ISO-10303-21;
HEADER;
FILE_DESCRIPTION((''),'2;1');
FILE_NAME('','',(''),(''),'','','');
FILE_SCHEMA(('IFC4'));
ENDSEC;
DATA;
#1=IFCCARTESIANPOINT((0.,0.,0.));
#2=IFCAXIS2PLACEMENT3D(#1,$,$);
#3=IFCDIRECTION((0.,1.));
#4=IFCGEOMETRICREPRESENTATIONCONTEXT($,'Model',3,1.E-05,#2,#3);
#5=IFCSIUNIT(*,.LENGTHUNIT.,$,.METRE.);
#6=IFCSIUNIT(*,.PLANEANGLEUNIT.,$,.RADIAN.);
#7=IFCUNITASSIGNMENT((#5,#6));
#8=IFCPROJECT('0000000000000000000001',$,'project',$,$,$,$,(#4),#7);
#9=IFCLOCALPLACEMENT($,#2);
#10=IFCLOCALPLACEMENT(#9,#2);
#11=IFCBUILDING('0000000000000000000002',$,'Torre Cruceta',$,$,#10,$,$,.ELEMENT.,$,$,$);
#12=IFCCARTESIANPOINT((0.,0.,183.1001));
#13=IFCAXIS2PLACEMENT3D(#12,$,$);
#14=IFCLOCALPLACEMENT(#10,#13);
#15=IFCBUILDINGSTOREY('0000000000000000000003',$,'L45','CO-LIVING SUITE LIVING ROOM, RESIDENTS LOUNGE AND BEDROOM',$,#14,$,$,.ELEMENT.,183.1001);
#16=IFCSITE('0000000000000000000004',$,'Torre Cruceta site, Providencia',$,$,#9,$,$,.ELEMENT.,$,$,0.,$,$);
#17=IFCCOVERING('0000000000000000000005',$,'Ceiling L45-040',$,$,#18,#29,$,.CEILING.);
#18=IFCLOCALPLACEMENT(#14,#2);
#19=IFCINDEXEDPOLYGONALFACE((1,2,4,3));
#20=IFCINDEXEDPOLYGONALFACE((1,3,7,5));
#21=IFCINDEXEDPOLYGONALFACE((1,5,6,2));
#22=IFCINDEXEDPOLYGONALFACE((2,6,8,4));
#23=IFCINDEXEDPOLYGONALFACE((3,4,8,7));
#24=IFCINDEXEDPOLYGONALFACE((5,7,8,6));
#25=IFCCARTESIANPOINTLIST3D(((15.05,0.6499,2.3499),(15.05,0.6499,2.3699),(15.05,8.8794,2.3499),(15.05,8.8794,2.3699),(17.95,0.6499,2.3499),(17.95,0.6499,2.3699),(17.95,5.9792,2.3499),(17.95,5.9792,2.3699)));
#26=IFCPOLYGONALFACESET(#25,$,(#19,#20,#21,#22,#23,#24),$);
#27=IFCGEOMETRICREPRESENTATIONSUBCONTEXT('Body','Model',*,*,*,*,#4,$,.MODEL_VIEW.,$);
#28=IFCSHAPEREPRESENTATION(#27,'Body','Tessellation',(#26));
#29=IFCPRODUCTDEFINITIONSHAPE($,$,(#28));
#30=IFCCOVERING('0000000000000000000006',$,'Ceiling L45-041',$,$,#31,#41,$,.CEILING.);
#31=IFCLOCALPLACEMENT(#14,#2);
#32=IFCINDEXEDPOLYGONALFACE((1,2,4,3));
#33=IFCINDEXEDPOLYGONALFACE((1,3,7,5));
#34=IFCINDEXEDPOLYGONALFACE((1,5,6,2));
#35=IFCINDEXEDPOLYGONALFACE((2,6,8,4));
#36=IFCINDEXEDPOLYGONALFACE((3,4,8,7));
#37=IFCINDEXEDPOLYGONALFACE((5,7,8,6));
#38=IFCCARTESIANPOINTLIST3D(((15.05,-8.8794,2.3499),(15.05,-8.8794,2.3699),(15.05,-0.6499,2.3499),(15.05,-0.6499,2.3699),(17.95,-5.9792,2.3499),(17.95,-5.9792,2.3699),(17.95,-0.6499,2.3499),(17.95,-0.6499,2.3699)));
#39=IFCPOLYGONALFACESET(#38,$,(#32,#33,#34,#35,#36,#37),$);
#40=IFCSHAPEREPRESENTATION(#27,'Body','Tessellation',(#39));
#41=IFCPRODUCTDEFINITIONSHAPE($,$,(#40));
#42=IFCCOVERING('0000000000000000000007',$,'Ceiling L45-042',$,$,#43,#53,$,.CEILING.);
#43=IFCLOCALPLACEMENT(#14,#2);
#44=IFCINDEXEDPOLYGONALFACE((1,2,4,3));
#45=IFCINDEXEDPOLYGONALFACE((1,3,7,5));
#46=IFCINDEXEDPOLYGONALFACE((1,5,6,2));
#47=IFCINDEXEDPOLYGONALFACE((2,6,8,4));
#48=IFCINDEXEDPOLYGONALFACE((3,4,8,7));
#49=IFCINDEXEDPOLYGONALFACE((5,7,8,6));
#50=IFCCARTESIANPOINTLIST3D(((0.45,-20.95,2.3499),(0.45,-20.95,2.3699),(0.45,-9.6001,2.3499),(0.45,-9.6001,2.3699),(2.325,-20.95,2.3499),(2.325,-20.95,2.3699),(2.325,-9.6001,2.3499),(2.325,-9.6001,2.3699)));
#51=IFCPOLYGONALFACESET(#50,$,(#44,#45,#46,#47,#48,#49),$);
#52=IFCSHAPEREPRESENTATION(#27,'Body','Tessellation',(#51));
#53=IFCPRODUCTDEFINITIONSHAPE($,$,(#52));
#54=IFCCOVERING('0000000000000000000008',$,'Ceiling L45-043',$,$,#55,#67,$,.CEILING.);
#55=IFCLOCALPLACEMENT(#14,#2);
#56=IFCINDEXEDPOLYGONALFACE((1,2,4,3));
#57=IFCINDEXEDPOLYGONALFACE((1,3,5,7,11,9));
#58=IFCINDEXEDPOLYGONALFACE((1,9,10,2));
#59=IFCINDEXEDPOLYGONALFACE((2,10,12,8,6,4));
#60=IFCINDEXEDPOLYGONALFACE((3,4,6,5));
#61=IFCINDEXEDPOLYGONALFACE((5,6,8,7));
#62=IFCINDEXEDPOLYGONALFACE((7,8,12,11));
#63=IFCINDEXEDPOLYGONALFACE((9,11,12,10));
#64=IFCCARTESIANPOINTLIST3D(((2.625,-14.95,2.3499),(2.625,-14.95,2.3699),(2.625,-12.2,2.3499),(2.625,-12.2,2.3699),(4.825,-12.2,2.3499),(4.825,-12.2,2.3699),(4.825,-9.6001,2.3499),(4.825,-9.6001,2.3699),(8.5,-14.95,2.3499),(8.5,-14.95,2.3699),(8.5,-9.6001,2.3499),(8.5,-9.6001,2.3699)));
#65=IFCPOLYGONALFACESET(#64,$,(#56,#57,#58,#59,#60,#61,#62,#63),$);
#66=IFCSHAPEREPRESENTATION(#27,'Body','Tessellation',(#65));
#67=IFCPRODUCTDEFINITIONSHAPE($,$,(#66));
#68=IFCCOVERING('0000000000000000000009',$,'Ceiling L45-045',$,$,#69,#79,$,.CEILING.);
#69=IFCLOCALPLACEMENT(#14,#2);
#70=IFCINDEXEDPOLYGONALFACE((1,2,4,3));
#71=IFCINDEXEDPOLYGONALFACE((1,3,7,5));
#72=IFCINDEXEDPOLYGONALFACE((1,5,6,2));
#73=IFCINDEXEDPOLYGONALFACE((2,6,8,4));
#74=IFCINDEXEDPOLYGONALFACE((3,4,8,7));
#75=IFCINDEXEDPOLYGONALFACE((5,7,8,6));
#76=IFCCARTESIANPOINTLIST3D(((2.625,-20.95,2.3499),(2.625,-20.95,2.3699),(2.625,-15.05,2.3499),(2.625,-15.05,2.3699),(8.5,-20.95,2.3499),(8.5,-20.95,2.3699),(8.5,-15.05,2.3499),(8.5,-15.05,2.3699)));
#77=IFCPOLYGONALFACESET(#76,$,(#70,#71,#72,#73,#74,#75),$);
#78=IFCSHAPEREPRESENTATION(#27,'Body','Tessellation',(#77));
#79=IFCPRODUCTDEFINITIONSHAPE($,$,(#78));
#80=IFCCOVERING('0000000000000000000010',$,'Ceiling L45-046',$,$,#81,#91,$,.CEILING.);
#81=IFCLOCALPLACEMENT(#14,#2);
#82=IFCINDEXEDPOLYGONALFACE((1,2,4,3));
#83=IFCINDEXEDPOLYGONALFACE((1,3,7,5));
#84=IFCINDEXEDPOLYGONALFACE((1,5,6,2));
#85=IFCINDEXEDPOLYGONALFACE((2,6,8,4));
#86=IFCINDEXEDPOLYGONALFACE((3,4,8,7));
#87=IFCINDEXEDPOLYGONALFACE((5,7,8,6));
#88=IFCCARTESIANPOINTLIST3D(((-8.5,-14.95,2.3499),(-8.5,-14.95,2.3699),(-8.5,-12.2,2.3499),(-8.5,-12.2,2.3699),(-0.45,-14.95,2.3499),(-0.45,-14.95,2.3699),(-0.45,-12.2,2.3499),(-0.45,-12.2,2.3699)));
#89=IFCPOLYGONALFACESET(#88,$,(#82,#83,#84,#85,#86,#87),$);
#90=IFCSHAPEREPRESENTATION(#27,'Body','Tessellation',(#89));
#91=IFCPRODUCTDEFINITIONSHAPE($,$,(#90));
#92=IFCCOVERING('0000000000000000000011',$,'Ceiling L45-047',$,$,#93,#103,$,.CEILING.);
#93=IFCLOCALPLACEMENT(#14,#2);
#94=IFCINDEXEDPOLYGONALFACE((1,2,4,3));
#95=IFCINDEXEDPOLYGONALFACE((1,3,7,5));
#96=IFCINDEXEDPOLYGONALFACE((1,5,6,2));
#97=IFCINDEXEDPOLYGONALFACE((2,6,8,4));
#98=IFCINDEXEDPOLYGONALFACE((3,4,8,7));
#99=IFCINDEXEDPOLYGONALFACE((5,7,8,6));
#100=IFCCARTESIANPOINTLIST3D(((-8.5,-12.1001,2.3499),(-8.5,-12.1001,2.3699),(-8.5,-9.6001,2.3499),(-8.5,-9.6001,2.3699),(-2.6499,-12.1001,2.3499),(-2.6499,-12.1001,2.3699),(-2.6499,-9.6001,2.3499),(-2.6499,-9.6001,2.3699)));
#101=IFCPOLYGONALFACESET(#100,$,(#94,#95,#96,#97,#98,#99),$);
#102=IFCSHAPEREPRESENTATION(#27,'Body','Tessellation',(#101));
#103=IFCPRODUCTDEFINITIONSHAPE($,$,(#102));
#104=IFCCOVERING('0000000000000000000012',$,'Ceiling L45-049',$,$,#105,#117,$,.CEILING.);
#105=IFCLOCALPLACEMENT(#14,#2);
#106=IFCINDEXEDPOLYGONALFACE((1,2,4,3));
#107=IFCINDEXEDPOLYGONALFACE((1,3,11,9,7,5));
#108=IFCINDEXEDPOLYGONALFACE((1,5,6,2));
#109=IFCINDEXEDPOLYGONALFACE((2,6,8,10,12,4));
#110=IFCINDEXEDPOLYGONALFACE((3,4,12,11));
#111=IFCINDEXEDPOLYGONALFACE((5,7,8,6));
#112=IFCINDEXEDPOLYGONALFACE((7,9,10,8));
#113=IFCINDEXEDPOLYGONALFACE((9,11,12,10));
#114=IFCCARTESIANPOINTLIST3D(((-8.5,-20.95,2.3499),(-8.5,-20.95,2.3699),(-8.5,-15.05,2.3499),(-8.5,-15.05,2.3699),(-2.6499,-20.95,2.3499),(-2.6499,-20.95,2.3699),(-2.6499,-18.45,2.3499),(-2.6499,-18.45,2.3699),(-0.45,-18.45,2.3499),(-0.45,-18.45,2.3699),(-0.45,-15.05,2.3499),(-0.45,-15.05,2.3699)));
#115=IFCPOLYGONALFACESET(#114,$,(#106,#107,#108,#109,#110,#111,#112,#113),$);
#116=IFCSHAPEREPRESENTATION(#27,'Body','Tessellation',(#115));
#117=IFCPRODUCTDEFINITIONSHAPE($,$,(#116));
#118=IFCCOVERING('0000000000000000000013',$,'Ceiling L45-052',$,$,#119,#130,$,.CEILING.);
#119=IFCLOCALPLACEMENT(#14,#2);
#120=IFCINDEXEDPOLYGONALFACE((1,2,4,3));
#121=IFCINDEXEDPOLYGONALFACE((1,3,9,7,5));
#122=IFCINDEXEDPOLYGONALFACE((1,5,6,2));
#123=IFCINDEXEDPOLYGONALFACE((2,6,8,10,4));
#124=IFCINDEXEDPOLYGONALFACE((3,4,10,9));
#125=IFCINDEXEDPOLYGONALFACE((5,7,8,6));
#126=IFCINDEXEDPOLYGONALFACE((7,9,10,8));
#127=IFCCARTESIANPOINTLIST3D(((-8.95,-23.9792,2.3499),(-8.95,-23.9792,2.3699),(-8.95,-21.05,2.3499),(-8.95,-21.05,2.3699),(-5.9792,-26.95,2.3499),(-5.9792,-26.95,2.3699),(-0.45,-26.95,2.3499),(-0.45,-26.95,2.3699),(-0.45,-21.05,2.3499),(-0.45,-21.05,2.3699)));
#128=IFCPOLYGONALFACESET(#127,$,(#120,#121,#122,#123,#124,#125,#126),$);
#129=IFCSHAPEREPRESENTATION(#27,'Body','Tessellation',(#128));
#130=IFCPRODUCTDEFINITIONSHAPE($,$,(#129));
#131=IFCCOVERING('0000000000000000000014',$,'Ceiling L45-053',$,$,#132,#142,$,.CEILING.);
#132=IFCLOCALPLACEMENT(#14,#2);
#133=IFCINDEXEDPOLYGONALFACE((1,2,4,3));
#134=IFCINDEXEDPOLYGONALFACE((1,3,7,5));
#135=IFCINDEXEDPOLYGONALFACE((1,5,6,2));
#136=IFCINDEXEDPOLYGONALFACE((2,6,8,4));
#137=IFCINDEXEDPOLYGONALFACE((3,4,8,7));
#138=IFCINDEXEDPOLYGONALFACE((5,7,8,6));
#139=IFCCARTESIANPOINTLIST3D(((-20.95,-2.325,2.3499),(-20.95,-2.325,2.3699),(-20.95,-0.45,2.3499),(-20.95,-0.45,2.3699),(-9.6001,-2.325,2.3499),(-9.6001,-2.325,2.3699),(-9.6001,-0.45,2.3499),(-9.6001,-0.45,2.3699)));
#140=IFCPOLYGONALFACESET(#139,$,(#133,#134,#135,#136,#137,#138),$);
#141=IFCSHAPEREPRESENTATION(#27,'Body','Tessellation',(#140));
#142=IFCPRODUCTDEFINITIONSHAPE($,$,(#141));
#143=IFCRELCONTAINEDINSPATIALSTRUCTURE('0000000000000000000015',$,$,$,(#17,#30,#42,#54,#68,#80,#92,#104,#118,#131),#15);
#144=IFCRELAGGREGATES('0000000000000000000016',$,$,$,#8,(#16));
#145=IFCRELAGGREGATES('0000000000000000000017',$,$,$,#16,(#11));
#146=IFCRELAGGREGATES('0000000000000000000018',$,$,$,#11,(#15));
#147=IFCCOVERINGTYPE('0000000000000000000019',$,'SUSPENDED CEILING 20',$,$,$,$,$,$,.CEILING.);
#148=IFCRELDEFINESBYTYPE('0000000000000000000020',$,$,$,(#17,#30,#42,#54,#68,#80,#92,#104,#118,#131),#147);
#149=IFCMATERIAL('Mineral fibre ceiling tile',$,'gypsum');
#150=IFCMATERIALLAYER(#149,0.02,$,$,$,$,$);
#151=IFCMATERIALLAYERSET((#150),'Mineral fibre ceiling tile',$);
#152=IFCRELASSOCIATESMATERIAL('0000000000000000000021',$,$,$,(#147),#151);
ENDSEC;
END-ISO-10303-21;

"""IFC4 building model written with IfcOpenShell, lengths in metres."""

from ifc_helpers import new_model, si_unit, direction, frame, origin, place, context, subcontext, project, spatial, polyline, outline, extrude, material, layer, layer_set, type_object, element, save


model = new_model("IFC4")

# Units and contexts
model_context = context("Model", 3, precision=1e-05, world=origin(), true_north=direction((0.0, 1.0)))
body_context = subcontext(model_context, "Body", "Model", "MODEL_VIEW")
ifc_project = project(units=[si_unit("LENGTHUNIT", "METRE"), si_unit("PLANEANGLEUNIT", "RADIAN")], contexts=[model_context])

# Site, building, storey
site_placement = place(None, origin())
site = spatial("IfcSite", under=ifc_project, at=site_placement, Name="Torre Cruceta site, Providencia", CompositionType="ELEMENT", RefElevation=0.0)
building_placement = place(site_placement, origin())
building = spatial("IfcBuilding", under=site, at=building_placement, Name="Torre Cruceta", CompositionType="ELEMENT")
storey_placement = place(building_placement, frame((0.0, 0.0, 183.1001)))
storey = spatial("IfcBuildingStorey", under=building, at=storey_placement, Name="L45", Description="CO-LIVING SUITE LIVING ROOM, RESIDENTS LOUNGE AND BEDROOM", CompositionType="ELEMENT", Elevation=183.1001)

# Coverings
ifc_material_1 = material(Name="Mineral fibre ceiling tile", Category="gypsum")
ifc_layer_1 = layer(ifc_material_1, 0.02)
ifc_layer_set_1 = layer_set([ifc_layer_1], Name="Mineral fibre ceiling tile")
covering_type = type_object("IfcCoveringType", Name="SUSPENDED CEILING 20", PredefinedType="CEILING", material=ifc_layer_set_1)
covering_1_placement = place(storey_placement, frame((0.0, 0.0, 2.3499)))
element("IfcCovering", 1, at=covering_1_placement, inside=storey, type_object=covering_type, Name="Ceiling L45-040", PredefinedType="CEILING", context=body_context, shape_type="SweptSolid", body=[
    extrude(outline(polyline([(17.95, 5.9792), (17.95, 0.6499), (15.05, 0.6499), (15.05, 8.8794), (17.95, 5.9792)])), origin(), (0.0, 0.0, 1.0), 0.02),
])
covering_2_placement = place(storey_placement, frame((0.0, 0.0, 2.3499)))
element("IfcCovering", 2, at=covering_2_placement, inside=storey, type_object=covering_type, Name="Ceiling L45-041", PredefinedType="CEILING", context=body_context, shape_type="SweptSolid", body=[
    extrude(outline(polyline([(15.05, -8.8794), (15.05, -0.6499), (17.95, -0.6499), (17.95, -5.9792), (15.05, -8.8794)])), origin(), (0.0, 0.0, 1.0), 0.02),
])
covering_3_placement = place(storey_placement, frame((0.0, 0.0, 2.3499)))
element("IfcCovering", 3, at=covering_3_placement, inside=storey, type_object=covering_type, Name="Ceiling L45-042", PredefinedType="CEILING", context=body_context, shape_type="SweptSolid", body=[
    extrude(outline(polyline([(0.45, -9.6001), (2.325, -9.6001), (2.325, -20.95), (0.45, -20.95), (0.45, -9.6001)])), origin(), (0.0, 0.0, 1.0), 0.02),
])
covering_4_placement = place(storey_placement, frame((0.0, 0.0, 2.3499)))
element("IfcCovering", 4, at=covering_4_placement, inside=storey, type_object=covering_type, Name="Ceiling L45-043", PredefinedType="CEILING", context=body_context, shape_type="SweptSolid", body=[
    extrude(outline(polyline([(8.5, -9.6001), (8.5, -14.95), (2.625, -14.95), (2.625, -12.2), (4.825, -12.2), (4.825, -9.6001), (8.5, -9.6001)])), origin(), (0.0, 0.0, 1.0), 0.02),
])
covering_5_placement = place(storey_placement, frame((0.0, 0.0, 2.3499)))
element("IfcCovering", 5, at=covering_5_placement, inside=storey, type_object=covering_type, Name="Ceiling L45-045", PredefinedType="CEILING", context=body_context, shape_type="SweptSolid", body=[
    extrude(outline(polyline([(2.625, -15.05), (8.5, -15.05), (8.5, -20.95), (2.625, -20.95), (2.625, -15.05)])), origin(), (0.0, 0.0, 1.0), 0.02),
])
covering_6_placement = place(storey_placement, frame((0.0, 0.0, 2.3499)))
element("IfcCovering", 6, at=covering_6_placement, inside=storey, type_object=covering_type, Name="Ceiling L45-046", PredefinedType="CEILING", context=body_context, shape_type="SweptSolid", body=[
    extrude(outline(polyline([(-8.5, -14.95), (-8.5, -12.2), (-0.45, -12.2), (-0.45, -14.95), (-8.5, -14.95)])), origin(), (0.0, 0.0, 1.0), 0.02),
])
covering_7_placement = place(storey_placement, frame((0.0, 0.0, 2.3499)))
element("IfcCovering", 7, at=covering_7_placement, inside=storey, type_object=covering_type, Name="Ceiling L45-047", PredefinedType="CEILING", context=body_context, shape_type="SweptSolid", body=[
    extrude(outline(polyline([(-8.5, -9.6001), (-2.6499, -9.6001), (-2.6499, -12.1001), (-8.5, -12.1001), (-8.5, -9.6001)])), origin(), (0.0, 0.0, 1.0), 0.02),
])
covering_8_placement = place(storey_placement, frame((0.0, 0.0, 2.3499)))
element("IfcCovering", 8, at=covering_8_placement, inside=storey, type_object=covering_type, Name="Ceiling L45-049", PredefinedType="CEILING", context=body_context, shape_type="SweptSolid", body=[
    extrude(outline(polyline([(-8.5, -20.95), (-8.5, -15.05), (-0.45, -15.05), (-0.45, -18.45), (-2.6499, -18.45), (-2.6499, -20.95), (-8.5, -20.95)])), origin(), (0.0, 0.0, 1.0), 0.02),
])
covering_9_placement = place(storey_placement, frame((0.0, 0.0, 2.3499)))
element("IfcCovering", 9, at=covering_9_placement, inside=storey, type_object=covering_type, Name="Ceiling L45-052", PredefinedType="CEILING", context=body_context, shape_type="SweptSolid", body=[
    extrude(outline(polyline([(-8.95, -23.9792), (-8.95, -21.05), (-0.45, -21.05), (-0.45, -26.95), (-5.9792, -26.95), (-8.95, -23.9792)])), origin(), (0.0, 0.0, 1.0), 0.02),
])
covering_10_placement = place(storey_placement, frame((0.0, 0.0, 2.3499)))
element("IfcCovering", 10, at=covering_10_placement, inside=storey, type_object=covering_type, Name="Ceiling L45-053", PredefinedType="CEILING", context=body_context, shape_type="SweptSolid", body=[
    extrude(outline(polyline([(-9.6001, -0.45), (-9.6001, -2.325), (-20.95, -2.325), (-20.95, -0.45), (-9.6001, -0.45)])), origin(), (0.0, 0.0, 1.0), 0.02),
])

save(model, "model.ifc")
